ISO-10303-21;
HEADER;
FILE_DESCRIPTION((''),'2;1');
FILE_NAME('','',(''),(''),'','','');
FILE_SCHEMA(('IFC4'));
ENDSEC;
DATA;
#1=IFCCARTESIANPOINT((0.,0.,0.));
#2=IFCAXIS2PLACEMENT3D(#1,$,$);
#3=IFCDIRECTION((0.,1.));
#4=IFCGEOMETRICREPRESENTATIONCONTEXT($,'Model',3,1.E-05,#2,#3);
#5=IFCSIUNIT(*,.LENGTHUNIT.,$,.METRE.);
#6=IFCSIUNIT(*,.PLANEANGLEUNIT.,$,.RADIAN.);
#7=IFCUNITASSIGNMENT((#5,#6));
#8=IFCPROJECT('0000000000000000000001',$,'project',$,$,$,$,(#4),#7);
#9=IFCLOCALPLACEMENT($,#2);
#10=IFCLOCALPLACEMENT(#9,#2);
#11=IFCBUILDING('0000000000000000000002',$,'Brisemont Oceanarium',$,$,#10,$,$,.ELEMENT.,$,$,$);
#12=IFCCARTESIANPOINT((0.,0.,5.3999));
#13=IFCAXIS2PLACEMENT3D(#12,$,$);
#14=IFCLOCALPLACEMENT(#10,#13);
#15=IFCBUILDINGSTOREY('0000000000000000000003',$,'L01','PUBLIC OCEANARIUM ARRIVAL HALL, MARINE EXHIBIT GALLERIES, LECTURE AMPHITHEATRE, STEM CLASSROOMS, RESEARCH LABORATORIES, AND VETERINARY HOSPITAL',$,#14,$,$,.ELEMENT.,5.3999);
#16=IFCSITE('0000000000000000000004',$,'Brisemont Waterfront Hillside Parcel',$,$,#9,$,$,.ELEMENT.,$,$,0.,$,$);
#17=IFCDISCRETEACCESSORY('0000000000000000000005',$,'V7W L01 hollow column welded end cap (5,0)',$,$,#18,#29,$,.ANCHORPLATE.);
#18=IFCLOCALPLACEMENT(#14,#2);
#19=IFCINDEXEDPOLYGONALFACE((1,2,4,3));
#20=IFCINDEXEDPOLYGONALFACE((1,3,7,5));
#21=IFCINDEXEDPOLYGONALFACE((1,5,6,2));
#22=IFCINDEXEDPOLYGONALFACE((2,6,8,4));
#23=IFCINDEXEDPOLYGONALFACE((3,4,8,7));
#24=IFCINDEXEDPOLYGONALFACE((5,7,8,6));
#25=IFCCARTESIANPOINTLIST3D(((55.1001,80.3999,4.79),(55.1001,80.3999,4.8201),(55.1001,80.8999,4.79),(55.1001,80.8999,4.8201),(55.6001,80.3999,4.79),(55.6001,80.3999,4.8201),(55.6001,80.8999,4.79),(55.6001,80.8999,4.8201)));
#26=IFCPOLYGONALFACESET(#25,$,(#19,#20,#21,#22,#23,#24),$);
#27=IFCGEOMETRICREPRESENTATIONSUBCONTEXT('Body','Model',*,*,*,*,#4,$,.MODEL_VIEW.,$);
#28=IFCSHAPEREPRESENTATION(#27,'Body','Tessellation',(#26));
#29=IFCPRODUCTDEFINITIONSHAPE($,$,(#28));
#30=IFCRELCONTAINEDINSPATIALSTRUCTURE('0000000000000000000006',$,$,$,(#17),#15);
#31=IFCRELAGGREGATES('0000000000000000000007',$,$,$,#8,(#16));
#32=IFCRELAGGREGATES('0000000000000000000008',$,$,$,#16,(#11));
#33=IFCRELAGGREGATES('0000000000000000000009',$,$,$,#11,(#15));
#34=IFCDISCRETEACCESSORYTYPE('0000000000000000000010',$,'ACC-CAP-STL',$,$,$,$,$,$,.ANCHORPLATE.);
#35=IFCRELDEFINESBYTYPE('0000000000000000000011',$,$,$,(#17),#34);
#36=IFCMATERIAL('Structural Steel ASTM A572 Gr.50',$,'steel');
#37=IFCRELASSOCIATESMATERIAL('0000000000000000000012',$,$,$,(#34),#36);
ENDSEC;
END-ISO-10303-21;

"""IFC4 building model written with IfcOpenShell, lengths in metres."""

from ifc_helpers import new_model, si_unit, direction, frame, origin, origin_2d, place, context, subcontext, project, spatial, rectangle, extrude, material, type_object, element, save


model = new_model("IFC4")

# Units and contexts
model_context = context("Model", 3, precision=1e-05, world=origin(), true_north=direction((0.0, 1.0)))
body_context = subcontext(model_context, "Body", "Model", "MODEL_VIEW")
ifc_project = project(units=[si_unit("LENGTHUNIT", "METRE"), si_unit("PLANEANGLEUNIT", "RADIAN")], contexts=[model_context])

# Site, building, storey
site_placement = place(None, origin())
site = spatial("IfcSite", under=ifc_project, at=site_placement, Name="Brisemont Waterfront Hillside Parcel", CompositionType="ELEMENT", RefElevation=0.0)
building_placement = place(site_placement, origin())
building = spatial("IfcBuilding", under=site, at=building_placement, Name="Brisemont Oceanarium", CompositionType="ELEMENT")
storey_placement = place(building_placement, frame((0.0, 0.0, 5.3999)))
storey = spatial("IfcBuildingStorey", under=building, at=storey_placement, Name="L01", Description="PUBLIC OCEANARIUM ARRIVAL HALL, MARINE EXHIBIT GALLERIES, LECTURE AMPHITHEATRE, STEM CLASSROOMS, RESEARCH LABORATORIES, AND VETERINARY HOSPITAL", CompositionType="ELEMENT", Elevation=5.3999)

# Discrete accessory
ifc_material_1 = material(Name="Structural Steel ASTM A572 Gr.50", Category="steel")
discrete_accessory_type = type_object("IfcDiscreteAccessoryType", Name="ACC-CAP-STL", PredefinedType="ANCHORPLATE", material=ifc_material_1)
for number, where, z_axis, x_axis, name in (
    (1, (55.3501, 80.6499, 4.79), (0.0, 0.0, 1.0), (1.0, 0.0, 0.0), "V7W L01 hollow column welded end cap (5,0)"),
):
    element("IfcDiscreteAccessory", number, at=place(storey_placement, frame(where, z_axis=z_axis, x_axis=x_axis)), inside=storey, type_object=discrete_accessory_type, Name=name, PredefinedType="ANCHORPLATE", context=body_context, shape_type="SweptSolid", body=[
        extrude(rectangle(XDim=0.5, YDim=0.5, at=origin_2d()), origin(), (0.0, 0.0, 1.0), 0.03),
    ])

save(model, "model.ifc")
